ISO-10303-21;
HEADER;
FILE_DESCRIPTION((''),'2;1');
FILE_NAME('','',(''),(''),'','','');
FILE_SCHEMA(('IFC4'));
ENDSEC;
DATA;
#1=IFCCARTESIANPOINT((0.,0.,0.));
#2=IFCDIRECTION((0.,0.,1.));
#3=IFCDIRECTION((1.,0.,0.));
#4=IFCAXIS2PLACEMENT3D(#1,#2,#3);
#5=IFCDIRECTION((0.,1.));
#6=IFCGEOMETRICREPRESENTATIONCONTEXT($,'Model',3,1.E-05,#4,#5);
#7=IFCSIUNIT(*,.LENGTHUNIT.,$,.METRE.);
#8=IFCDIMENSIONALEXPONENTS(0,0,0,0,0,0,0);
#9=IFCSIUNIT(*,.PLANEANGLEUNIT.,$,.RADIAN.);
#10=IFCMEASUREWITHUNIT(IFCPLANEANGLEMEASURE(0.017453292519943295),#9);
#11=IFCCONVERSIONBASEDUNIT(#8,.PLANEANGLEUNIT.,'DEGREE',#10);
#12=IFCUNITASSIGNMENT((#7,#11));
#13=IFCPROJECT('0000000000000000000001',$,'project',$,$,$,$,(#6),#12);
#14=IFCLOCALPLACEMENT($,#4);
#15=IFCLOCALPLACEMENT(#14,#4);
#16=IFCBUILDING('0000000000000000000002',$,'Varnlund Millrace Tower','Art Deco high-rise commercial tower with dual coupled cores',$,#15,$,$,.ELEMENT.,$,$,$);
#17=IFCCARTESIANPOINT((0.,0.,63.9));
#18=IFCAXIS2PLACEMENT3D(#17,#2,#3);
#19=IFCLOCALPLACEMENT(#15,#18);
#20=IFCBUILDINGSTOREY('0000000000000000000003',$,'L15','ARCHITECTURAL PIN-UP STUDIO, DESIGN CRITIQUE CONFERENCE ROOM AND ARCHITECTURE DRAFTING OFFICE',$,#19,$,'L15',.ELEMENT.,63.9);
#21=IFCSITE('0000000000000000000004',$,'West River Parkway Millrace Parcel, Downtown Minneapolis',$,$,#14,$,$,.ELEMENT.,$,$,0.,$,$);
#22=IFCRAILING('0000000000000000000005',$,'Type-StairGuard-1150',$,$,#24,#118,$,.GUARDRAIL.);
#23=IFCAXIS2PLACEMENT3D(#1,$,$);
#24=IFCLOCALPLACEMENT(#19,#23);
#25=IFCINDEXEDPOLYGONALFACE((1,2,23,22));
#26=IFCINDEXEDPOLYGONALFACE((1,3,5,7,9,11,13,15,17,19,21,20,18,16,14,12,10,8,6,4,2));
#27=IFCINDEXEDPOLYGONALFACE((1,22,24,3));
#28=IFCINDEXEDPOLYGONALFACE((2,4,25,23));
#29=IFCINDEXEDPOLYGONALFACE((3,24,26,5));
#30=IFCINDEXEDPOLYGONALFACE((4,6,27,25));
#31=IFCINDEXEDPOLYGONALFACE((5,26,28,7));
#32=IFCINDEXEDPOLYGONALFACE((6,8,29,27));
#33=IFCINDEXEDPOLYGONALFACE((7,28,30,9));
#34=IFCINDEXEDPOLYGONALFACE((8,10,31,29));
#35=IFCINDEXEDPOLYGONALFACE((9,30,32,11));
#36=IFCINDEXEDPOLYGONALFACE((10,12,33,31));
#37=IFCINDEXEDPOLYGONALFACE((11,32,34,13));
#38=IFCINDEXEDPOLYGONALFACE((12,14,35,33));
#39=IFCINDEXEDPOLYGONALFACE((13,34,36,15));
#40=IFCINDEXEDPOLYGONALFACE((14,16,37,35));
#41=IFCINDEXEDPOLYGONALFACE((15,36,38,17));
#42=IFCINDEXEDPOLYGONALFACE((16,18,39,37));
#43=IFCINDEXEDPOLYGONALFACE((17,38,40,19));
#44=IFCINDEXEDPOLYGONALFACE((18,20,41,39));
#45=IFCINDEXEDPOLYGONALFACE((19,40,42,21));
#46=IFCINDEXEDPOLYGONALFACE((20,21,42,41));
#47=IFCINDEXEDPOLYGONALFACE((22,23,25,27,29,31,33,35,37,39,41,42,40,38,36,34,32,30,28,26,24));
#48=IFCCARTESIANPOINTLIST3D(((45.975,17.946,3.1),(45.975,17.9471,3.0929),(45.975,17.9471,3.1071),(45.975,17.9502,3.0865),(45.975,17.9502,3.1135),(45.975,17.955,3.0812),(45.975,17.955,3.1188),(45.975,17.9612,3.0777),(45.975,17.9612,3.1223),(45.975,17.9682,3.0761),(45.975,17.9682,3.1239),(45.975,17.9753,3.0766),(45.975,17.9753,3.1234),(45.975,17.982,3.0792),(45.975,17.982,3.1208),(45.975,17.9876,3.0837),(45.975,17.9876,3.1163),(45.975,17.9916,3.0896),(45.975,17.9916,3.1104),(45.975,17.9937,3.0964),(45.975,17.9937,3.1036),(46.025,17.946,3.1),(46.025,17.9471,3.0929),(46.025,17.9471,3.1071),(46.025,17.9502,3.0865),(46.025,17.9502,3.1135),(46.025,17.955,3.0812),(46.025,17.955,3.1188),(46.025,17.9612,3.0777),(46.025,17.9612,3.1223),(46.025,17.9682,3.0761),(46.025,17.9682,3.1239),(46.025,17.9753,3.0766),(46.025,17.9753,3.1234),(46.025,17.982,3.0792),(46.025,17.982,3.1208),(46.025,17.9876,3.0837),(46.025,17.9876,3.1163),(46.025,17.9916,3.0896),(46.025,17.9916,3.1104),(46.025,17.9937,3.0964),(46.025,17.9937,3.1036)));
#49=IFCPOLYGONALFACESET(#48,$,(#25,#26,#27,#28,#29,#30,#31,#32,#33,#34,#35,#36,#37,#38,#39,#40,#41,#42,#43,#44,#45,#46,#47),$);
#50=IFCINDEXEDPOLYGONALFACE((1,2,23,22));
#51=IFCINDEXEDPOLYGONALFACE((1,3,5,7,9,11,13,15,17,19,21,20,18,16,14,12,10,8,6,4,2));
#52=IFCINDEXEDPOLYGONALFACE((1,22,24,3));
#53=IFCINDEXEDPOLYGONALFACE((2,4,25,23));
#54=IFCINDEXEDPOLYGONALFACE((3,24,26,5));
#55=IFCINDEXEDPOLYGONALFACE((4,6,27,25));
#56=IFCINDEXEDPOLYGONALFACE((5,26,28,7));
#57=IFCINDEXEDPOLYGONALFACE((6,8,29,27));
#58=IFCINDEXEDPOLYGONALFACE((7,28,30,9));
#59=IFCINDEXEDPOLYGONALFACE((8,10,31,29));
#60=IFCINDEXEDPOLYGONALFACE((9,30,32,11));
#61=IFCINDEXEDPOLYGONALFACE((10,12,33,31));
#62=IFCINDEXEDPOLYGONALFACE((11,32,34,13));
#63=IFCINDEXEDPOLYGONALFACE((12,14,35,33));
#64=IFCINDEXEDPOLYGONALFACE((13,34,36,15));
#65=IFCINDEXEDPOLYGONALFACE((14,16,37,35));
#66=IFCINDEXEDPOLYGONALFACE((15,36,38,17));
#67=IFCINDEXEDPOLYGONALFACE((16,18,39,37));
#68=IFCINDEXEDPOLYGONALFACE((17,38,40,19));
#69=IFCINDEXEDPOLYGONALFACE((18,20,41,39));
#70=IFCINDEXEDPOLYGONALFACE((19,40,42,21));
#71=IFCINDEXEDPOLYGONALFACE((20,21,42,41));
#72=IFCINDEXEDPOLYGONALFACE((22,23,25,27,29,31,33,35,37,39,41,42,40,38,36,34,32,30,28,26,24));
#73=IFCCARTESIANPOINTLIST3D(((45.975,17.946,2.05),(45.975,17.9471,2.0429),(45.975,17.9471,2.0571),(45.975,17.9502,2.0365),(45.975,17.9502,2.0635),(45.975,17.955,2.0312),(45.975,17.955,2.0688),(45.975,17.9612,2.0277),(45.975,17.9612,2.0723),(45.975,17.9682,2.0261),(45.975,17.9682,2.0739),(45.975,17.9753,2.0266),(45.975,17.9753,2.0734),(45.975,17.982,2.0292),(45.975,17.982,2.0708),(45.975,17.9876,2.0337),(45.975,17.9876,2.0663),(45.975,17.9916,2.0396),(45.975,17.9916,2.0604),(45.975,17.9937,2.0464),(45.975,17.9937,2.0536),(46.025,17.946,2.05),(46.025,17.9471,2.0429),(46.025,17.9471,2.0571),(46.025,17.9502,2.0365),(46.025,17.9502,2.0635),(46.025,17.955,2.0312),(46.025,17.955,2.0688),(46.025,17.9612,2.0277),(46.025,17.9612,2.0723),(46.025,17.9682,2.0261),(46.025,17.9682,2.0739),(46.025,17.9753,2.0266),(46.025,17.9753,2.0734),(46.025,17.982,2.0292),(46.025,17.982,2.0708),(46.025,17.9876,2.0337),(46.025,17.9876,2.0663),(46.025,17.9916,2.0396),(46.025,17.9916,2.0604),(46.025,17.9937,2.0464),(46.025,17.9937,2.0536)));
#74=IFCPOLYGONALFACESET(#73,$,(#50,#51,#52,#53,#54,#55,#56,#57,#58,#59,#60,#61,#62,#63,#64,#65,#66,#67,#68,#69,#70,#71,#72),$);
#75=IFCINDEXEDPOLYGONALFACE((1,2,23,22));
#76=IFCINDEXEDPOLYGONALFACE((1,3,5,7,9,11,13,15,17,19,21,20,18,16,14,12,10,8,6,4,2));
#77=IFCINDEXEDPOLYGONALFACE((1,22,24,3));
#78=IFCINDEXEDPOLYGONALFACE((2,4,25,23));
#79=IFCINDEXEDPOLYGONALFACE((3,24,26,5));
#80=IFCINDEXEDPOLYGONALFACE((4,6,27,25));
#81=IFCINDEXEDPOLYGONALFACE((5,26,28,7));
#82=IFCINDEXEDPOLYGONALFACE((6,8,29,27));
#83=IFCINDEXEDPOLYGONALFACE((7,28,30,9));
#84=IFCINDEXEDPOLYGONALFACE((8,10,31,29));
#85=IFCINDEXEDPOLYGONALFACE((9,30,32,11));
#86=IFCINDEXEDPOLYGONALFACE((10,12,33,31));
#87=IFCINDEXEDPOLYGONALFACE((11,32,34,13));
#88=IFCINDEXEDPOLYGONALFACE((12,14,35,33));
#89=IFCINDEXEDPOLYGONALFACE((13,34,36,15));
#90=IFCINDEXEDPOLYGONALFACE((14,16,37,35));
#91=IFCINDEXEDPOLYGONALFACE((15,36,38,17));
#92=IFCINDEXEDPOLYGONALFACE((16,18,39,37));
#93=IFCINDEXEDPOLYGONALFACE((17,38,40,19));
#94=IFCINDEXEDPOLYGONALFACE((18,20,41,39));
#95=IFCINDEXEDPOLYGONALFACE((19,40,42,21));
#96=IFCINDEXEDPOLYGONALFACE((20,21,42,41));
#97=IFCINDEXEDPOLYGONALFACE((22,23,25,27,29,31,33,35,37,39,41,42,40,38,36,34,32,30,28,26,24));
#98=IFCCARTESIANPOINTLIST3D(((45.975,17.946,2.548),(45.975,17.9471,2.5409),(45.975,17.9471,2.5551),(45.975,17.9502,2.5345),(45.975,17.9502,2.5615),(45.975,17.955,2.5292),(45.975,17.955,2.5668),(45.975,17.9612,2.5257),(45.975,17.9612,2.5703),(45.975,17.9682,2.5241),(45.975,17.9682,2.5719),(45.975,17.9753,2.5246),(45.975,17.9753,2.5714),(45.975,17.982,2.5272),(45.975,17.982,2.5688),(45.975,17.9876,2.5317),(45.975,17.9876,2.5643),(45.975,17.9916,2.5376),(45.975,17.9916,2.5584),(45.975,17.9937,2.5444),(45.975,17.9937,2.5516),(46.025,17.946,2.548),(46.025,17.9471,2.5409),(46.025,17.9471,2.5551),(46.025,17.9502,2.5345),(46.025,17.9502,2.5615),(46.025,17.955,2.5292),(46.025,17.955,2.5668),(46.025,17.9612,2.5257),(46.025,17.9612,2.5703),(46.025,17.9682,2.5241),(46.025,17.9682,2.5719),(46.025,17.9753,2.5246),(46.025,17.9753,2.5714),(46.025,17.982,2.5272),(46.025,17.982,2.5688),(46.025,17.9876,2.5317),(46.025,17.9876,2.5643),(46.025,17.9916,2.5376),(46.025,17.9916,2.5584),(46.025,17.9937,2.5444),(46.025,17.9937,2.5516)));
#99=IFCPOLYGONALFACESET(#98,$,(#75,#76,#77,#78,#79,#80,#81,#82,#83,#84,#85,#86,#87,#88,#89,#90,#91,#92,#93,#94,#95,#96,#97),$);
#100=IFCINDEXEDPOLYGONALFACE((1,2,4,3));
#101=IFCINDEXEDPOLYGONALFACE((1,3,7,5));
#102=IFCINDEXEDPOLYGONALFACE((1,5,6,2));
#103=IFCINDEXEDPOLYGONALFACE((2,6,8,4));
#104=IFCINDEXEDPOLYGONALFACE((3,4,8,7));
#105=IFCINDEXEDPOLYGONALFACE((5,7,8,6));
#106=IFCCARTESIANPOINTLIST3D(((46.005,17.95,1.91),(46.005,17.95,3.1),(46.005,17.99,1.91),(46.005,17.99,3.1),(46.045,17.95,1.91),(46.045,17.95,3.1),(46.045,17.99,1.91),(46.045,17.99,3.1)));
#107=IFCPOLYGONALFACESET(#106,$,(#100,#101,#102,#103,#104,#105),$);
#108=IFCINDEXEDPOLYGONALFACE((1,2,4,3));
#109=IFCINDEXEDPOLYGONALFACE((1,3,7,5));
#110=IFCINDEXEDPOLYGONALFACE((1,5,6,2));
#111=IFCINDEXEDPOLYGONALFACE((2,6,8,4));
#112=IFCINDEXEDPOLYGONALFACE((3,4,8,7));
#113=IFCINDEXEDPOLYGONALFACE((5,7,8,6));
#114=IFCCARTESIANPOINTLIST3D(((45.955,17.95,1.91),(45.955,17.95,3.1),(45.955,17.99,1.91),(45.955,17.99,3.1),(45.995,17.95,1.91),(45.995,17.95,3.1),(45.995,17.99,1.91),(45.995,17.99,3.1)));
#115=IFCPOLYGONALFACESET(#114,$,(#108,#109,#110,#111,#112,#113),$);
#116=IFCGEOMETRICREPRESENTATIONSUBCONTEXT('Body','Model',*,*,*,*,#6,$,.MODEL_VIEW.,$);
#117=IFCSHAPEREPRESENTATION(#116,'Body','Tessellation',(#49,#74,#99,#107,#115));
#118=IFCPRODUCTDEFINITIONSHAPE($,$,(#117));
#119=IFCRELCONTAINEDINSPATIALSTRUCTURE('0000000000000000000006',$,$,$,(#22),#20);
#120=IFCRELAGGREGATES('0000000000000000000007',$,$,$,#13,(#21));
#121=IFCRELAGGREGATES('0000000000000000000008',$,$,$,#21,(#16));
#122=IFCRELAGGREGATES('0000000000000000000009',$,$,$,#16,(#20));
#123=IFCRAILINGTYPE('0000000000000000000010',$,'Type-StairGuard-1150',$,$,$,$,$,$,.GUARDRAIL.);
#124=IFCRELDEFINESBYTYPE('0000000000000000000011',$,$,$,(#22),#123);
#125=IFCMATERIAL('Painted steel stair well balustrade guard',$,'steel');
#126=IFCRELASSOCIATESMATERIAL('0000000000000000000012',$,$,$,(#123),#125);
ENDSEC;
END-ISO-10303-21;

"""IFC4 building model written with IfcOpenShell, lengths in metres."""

from ifc_helpers import new_model, entity, si_unit, converted_unit, direction, frame, origin_with_axes, origin_2d_with_axis, place, context, subcontext, project, spatial, rectangle, circle, extrude, material, type_object, element, save


model = new_model("IFC4")

# Units and contexts
model_context = context("Model", 3, precision=1e-05, world=origin_with_axes(), true_north=direction((0.0, 1.0)))
body_context = subcontext(model_context, "Body", "Model", "MODEL_VIEW")
ifc_project = project(units=[si_unit("LENGTHUNIT", "METRE"), converted_unit("PLANEANGLEUNIT", "DEGREE", entity("IfcPlaneAngleMeasure", 0.017453292519943295), si_unit("PLANEANGLEUNIT", "RADIAN"), dimensions=[0, 0, 0, 0, 0, 0, 0])], contexts=[model_context])

# Site, building, storey
site_placement = place(None, origin_with_axes())
site = spatial("IfcSite", under=ifc_project, at=site_placement, Name="West River Parkway Millrace Parcel, Downtown Minneapolis", CompositionType="ELEMENT", RefElevation=0.0)
building_placement = place(site_placement, origin_with_axes())
building = spatial("IfcBuilding", under=site, at=building_placement, Name="Varnlund Millrace Tower", Description="Art Deco high-rise commercial tower with dual coupled cores", CompositionType="ELEMENT")
storey_placement = place(building_placement, frame((0.0, 0.0, 63.9), z_axis=(0.0, 0.0, 1.0), x_axis=(1.0, 0.0, 0.0)))
storey = spatial("IfcBuildingStorey", under=building, at=storey_placement, Name="L15", Description="ARCHITECTURAL PIN-UP STUDIO, DESIGN CRITIQUE CONFERENCE ROOM AND ARCHITECTURE DRAFTING OFFICE", LongName="L15", CompositionType="ELEMENT", Elevation=63.9)

# Railing
ifc_material_1 = material(Name="Painted steel stair well balustrade guard", Category="steel")
railing_type_1 = type_object("IfcRailingType", Name="Type-StairGuard-1150", PredefinedType="GUARDRAIL", material=ifc_material_1)
railing_1_placement = place(storey_placement, frame((0.0, 0.0, -63.9), z_axis=(0.0, 0.0, 1.0), x_axis=(1.0, 0.0, 0.0)))
element("IfcRailing", 1, at=railing_1_placement, inside=storey, type_object=railing_type_1, Name="Type-StairGuard-1150", PredefinedType="GUARDRAIL", context=body_context, shape_type="SweptSolid", body=[
    extrude(circle(Radius=0.024, at=origin_2d_with_axis()), frame((46.025, 17.97, 67.0), z_axis=(-1.0, 0.0, 0.0), x_axis=(0.0, -1.0, 0.0)), (0.0, 0.0, 1.0), 0.05),
    extrude(circle(Radius=0.024, at=origin_2d_with_axis()), frame((46.025, 17.97, 65.95), z_axis=(-1.0, 0.0, 0.0), x_axis=(0.0, -1.0, 0.0)), (0.0, 0.0, 1.0), 0.05),
    extrude(circle(Radius=0.024, at=origin_2d_with_axis()), frame((46.025, 17.97, 66.448), z_axis=(-1.0, 0.0, 0.0), x_axis=(0.0, -1.0, 0.0)), (0.0, 0.0, 1.0), 0.05),
    extrude(rectangle(XDim=0.04, YDim=0.04, at=origin_2d_with_axis()), frame((46.025, 17.97, 65.81), z_axis=(0.0, 0.0, 1.0), x_axis=(1.0, 0.0, 0.0)), (0.0, 0.0, 1.0), 1.19),
    extrude(rectangle(XDim=0.04, YDim=0.04, at=origin_2d_with_axis()), frame((45.975, 17.97, 65.81), z_axis=(0.0, 0.0, 1.0), x_axis=(1.0, 0.0, 0.0)), (0.0, 0.0, 1.0), 1.19),
])

save(model, "model.ifc")
